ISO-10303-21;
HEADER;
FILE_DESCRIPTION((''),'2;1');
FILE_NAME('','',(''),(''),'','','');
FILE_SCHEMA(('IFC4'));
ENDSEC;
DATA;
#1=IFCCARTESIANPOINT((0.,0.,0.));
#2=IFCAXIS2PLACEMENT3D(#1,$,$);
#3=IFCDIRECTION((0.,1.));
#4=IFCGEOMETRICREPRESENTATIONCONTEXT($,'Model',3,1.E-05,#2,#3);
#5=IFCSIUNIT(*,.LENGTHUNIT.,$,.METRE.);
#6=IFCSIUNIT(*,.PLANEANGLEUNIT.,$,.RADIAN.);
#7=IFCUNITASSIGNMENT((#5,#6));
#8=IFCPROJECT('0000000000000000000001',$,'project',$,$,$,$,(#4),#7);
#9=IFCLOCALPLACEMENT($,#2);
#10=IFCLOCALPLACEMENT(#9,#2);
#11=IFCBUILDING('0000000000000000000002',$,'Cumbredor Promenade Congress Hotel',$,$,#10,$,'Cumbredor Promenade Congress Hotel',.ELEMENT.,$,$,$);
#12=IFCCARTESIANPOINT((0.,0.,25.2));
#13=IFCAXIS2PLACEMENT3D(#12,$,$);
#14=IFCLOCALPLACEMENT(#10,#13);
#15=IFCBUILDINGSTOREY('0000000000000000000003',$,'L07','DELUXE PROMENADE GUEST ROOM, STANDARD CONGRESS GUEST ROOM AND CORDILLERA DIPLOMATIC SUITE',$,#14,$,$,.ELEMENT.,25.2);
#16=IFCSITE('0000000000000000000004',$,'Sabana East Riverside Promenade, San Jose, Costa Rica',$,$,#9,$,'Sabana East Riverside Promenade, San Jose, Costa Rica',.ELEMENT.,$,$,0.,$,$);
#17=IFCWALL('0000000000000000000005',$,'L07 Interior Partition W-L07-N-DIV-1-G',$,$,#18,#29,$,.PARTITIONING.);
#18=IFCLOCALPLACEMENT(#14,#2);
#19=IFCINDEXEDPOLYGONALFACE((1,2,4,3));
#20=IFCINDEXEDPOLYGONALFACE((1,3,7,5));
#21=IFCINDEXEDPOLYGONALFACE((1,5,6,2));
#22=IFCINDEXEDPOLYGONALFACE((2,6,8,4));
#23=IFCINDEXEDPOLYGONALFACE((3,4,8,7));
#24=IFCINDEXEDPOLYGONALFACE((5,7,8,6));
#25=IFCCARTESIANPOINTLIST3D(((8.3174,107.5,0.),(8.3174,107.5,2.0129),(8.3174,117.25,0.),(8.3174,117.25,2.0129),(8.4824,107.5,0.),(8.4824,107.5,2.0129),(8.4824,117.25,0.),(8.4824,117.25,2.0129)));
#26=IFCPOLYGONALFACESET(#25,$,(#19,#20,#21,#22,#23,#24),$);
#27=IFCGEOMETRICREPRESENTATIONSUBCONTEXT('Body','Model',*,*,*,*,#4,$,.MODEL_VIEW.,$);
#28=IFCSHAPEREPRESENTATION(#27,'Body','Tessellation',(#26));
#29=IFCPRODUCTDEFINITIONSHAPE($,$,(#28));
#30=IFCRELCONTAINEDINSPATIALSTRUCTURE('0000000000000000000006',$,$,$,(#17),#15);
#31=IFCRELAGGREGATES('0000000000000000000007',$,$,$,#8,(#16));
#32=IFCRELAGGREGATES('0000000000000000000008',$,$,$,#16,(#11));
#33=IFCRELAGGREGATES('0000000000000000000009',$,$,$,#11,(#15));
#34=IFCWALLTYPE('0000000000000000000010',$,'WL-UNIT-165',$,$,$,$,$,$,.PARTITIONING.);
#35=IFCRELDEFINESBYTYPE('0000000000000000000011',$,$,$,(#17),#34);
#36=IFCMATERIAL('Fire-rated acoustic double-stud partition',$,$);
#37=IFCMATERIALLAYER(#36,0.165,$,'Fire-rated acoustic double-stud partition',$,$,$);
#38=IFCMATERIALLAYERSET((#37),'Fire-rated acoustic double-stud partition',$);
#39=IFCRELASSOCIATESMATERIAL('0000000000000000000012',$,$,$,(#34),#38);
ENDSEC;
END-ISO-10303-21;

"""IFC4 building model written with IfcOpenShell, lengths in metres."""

from ifc_helpers import new_model, si_unit, direction, frame, frame_2d, origin, place, context, subcontext, project, spatial, rectangle, extrude, material, layer, layer_set, type_object, element, save


model = new_model("IFC4")

# Units and contexts
model_context = context("Model", 3, precision=1e-05, world=origin(), true_north=direction((0.0, 1.0)))
body_context = subcontext(model_context, "Body", "Model", "MODEL_VIEW")
ifc_project = project(units=[si_unit("LENGTHUNIT", "METRE"), si_unit("PLANEANGLEUNIT", "RADIAN")], contexts=[model_context])

# Site, building, storey
site_placement = place(None, origin())
site = spatial("IfcSite", under=ifc_project, at=site_placement, Name="Sabana East Riverside Promenade, San Jose, Costa Rica", LongName="Sabana East Riverside Promenade, San Jose, Costa Rica", CompositionType="ELEMENT", RefElevation=0.0)
building_placement = place(site_placement, origin())
building = spatial("IfcBuilding", under=site, at=building_placement, Name="Cumbredor Promenade Congress Hotel", LongName="Cumbredor Promenade Congress Hotel", CompositionType="ELEMENT")
storey_placement = place(building_placement, frame((0.0, 0.0, 25.2)))
storey = spatial("IfcBuildingStorey", under=building, at=storey_placement, Name="L07", Description="DELUXE PROMENADE GUEST ROOM, STANDARD CONGRESS GUEST ROOM AND CORDILLERA DIPLOMATIC SUITE", CompositionType="ELEMENT", Elevation=25.2)

# Wall
ifc_material_1 = material(Name="Fire-rated acoustic double-stud partition")
ifc_layer_1 = layer(ifc_material_1, 0.165, Name="Fire-rated acoustic double-stud partition")
ifc_layer_set_1 = layer_set([ifc_layer_1], Name="Fire-rated acoustic double-stud partition")
wall_type_1 = type_object("IfcWallType", Name="WL-UNIT-165", PredefinedType="PARTITIONING", material=ifc_layer_set_1)
wall_1_placement = place(storey_placement, frame((8.3999, 107.5, 0.0), z_axis=(0.0, 0.0, 1.0), x_axis=(0.0, 1.0, 0.0)))
element("IfcWall", 1, at=wall_1_placement, inside=storey, type_object=wall_type_1, Name="L07 Interior Partition W-L07-N-DIV-1-G", PredefinedType="PARTITIONING", context=body_context, shape_type="SweptSolid", body=[
    extrude(rectangle(XDim=9.75, YDim=0.165, at=frame_2d((4.875, 0.0))), origin(), (0.0, 0.0, 1.0), 2.0129),
])

save(model, "model.ifc")
